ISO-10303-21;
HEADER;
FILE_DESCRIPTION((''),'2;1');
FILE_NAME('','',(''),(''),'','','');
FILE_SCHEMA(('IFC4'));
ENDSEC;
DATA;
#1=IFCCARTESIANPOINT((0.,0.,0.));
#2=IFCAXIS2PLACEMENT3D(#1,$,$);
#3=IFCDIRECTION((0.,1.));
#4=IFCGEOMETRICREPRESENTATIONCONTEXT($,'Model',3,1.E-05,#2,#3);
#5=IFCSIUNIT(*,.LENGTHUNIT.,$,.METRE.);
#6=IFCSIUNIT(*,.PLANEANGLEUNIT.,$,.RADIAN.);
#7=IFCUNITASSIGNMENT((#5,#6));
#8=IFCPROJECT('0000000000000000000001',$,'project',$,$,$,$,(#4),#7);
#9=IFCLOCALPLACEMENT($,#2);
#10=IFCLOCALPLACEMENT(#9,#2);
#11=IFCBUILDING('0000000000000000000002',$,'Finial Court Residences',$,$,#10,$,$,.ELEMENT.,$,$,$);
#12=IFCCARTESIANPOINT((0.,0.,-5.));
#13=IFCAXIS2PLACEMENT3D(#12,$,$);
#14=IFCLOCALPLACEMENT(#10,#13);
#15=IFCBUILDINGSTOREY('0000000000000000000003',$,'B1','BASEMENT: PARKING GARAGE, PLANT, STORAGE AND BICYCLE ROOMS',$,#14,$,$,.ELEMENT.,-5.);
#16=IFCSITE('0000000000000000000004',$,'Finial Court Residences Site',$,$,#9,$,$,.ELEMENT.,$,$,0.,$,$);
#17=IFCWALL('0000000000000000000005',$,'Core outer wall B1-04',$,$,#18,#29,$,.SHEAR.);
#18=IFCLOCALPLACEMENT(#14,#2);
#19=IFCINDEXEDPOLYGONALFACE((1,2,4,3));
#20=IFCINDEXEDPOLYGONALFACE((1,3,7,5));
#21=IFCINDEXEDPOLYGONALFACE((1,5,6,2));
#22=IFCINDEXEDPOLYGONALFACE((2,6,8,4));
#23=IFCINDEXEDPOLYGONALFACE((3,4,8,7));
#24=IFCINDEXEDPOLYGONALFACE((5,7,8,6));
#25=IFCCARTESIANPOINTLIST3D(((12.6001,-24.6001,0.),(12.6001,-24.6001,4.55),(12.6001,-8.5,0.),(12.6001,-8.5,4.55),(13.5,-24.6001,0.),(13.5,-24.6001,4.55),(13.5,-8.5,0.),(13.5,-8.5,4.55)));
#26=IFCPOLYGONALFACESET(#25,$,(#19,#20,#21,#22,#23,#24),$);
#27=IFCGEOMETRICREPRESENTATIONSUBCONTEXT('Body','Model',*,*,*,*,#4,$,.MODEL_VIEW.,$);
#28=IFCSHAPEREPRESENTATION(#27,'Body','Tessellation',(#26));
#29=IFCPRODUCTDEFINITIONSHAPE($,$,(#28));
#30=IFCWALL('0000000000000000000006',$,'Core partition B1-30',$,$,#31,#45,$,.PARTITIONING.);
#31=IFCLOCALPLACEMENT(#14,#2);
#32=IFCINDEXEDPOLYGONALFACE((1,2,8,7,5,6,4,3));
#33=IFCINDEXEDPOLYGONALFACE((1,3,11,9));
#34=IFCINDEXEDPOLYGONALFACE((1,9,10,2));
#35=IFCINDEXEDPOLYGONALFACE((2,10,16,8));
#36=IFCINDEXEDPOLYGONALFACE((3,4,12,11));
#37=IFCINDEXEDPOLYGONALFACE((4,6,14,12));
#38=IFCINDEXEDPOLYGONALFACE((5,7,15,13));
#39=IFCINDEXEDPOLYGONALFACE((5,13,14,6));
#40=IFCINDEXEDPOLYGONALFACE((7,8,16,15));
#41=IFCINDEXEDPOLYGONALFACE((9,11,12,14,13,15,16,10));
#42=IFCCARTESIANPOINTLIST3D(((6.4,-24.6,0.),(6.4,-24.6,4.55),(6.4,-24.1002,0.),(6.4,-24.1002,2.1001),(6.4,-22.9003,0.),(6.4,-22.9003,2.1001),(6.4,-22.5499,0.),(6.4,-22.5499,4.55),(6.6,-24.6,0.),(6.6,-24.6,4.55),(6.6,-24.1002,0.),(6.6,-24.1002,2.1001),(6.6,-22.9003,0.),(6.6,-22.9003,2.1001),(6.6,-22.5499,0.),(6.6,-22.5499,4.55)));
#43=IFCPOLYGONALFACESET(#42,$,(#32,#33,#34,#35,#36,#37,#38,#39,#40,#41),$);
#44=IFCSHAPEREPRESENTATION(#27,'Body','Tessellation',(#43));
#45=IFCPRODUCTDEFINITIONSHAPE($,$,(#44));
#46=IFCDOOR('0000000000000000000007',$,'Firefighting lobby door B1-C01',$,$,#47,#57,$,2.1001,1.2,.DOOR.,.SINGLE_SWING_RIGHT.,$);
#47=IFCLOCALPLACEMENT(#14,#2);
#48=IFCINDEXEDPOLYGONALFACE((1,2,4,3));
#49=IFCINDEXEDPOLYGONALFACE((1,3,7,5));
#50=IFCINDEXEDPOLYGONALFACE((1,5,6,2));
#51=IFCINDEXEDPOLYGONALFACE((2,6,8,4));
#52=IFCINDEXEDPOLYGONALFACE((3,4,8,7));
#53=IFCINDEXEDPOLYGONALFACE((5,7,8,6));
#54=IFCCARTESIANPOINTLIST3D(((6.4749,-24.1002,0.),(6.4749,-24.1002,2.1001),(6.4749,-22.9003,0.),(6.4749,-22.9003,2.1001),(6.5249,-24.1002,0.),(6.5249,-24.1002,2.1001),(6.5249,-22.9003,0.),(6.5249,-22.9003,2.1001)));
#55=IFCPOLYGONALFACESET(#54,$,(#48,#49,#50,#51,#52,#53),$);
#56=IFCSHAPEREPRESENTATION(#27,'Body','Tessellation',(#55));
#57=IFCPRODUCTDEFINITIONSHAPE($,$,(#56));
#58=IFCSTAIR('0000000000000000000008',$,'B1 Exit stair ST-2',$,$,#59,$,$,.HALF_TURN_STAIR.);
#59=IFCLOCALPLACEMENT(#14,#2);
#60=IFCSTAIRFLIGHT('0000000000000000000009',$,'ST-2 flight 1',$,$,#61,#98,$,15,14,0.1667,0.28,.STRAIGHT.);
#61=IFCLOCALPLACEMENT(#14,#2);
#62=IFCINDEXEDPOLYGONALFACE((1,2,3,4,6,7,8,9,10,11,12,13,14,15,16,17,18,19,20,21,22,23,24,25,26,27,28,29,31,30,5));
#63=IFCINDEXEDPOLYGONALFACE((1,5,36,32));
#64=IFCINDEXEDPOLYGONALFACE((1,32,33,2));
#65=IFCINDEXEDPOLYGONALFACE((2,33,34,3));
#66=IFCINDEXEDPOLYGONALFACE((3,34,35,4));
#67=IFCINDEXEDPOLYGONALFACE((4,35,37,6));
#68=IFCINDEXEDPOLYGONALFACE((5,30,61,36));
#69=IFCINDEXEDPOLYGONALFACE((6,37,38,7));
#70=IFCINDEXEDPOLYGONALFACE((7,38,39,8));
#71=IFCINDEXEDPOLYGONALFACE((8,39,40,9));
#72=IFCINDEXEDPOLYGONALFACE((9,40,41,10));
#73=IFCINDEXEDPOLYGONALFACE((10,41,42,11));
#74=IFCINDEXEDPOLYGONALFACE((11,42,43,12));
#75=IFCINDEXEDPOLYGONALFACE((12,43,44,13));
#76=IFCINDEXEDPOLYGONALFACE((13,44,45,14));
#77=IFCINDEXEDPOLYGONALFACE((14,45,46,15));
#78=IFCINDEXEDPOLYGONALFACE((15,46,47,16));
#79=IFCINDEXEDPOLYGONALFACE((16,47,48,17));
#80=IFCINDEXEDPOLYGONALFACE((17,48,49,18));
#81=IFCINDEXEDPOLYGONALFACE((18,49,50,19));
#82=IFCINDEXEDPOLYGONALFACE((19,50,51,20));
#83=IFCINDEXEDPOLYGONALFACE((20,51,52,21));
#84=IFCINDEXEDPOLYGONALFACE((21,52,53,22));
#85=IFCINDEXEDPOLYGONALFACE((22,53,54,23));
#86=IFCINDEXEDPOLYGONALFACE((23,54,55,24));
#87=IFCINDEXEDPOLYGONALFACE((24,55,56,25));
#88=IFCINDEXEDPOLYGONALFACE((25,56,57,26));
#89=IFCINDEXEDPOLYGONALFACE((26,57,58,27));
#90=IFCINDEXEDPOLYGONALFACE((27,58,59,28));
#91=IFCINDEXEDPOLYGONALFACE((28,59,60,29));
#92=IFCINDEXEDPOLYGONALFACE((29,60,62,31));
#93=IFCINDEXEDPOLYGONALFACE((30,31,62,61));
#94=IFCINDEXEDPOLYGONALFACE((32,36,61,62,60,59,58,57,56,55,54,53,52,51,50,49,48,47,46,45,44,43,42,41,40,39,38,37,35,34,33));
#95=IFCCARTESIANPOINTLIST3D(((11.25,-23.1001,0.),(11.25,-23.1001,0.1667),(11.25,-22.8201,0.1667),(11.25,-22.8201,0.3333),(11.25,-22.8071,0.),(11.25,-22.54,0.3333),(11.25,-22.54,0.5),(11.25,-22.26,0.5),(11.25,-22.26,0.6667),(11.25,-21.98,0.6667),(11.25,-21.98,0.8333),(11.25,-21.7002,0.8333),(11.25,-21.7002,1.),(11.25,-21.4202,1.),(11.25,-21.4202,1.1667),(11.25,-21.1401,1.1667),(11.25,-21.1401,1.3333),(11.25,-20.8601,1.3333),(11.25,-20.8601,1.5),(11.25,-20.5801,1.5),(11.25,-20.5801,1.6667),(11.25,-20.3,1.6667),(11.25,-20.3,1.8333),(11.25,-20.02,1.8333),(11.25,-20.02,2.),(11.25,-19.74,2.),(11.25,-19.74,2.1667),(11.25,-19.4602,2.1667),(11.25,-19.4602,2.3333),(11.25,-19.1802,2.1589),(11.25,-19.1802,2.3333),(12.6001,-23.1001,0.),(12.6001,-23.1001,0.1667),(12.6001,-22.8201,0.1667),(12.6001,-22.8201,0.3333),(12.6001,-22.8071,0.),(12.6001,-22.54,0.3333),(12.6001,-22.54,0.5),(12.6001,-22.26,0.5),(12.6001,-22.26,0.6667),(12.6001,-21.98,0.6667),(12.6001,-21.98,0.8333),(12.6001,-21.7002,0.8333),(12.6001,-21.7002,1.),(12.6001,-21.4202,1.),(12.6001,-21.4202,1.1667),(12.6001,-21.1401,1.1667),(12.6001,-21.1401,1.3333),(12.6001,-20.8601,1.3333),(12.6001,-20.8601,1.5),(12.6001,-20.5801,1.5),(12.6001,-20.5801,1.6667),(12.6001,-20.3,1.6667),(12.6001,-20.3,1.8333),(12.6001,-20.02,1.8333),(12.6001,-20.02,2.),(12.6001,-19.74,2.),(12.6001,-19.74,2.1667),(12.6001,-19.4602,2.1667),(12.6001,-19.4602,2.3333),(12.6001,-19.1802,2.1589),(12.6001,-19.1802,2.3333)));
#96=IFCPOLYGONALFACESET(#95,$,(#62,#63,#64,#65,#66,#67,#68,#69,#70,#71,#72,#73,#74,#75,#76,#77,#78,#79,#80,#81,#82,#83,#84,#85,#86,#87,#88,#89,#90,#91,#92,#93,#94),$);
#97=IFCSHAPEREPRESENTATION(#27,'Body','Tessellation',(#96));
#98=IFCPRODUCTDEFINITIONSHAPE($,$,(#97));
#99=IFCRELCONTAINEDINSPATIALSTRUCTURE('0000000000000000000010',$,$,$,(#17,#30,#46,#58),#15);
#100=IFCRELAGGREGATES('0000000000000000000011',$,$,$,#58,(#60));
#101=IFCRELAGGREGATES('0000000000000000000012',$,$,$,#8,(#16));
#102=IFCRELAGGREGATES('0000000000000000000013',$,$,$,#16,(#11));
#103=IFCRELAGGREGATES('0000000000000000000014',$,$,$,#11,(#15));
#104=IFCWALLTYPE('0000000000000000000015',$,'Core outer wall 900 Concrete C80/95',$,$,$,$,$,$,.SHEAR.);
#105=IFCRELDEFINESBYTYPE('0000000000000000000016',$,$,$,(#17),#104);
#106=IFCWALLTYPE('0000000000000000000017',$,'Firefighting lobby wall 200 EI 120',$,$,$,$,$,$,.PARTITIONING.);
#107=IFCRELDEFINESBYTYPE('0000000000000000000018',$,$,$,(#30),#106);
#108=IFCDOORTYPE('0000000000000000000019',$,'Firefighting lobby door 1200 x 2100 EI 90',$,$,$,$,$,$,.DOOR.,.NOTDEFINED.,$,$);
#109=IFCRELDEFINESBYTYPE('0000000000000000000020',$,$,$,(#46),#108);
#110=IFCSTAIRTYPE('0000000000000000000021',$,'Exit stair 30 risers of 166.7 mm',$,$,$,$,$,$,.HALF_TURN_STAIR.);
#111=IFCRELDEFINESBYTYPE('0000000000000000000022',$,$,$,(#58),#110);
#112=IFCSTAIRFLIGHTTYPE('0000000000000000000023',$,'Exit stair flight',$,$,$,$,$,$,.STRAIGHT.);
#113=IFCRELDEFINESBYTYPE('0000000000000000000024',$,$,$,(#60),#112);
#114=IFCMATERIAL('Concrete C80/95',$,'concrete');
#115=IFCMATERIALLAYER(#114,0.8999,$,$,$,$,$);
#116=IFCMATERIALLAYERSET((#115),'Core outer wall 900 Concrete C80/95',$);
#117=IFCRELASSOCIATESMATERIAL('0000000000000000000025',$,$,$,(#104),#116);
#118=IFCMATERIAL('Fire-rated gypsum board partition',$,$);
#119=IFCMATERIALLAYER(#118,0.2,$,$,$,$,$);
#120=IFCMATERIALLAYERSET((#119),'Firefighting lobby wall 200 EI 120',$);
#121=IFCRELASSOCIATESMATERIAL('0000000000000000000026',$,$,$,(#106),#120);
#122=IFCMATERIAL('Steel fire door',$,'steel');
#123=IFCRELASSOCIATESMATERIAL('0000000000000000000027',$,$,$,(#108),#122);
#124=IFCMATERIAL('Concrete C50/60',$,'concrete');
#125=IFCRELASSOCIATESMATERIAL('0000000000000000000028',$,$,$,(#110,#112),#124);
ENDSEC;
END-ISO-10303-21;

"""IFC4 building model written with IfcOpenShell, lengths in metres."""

from ifc_helpers import new_model, si_unit, direction, frame, frame_2d, origin, place, context, subcontext, project, spatial, polyline, rectangle, outline, extrude, material, layer, layer_set, type_object, element, fill, aggregate, save


model = new_model("IFC4")

# Units and contexts
model_context = context("Model", 3, precision=1e-05, world=origin(), true_north=direction((0.0, 1.0)))
body_context = subcontext(model_context, "Body", "Model", "MODEL_VIEW")
ifc_project = project(units=[si_unit("LENGTHUNIT", "METRE"), si_unit("PLANEANGLEUNIT", "RADIAN")], contexts=[model_context])

# Site, building, storey
site_placement = place(None, origin())
site = spatial("IfcSite", under=ifc_project, at=site_placement, Name="Finial Court Residences Site", CompositionType="ELEMENT", RefElevation=0.0)
building_placement = place(site_placement, origin())
building = spatial("IfcBuilding", under=site, at=building_placement, Name="Finial Court Residences", CompositionType="ELEMENT")
storey_placement = place(building_placement, frame((0.0, 0.0, -5.0)))
storey = spatial("IfcBuildingStorey", under=building, at=storey_placement, Name="B1", Description="BASEMENT: PARKING GARAGE, PLANT, STORAGE AND BICYCLE ROOMS", CompositionType="ELEMENT", Elevation=-5.0)

# Shared definitions
ifc_material_1 = material(Name="Concrete C80/95", Category="concrete")
ifc_material_2 = material(Name="Concrete C50/60", Category="concrete")

# Wall
ifc_layer_1 = layer(ifc_material_1, 0.8999)
ifc_layer_set_1 = layer_set([ifc_layer_1], Name="Core outer wall 900 Concrete C80/95")
wall_type_1 = type_object("IfcWallType", Name="Core outer wall 900 Concrete C80/95", PredefinedType="SHEAR", material=ifc_layer_set_1)
wall_1_placement = place(storey_placement, frame((13.05, -24.6001, 0.0), z_axis=(0.0, 0.0, 1.0), x_axis=(0.0, 1.0, 0.0)))
element("IfcWall", 1, at=wall_1_placement, inside=storey, type_object=wall_type_1, Name="Core outer wall B1-04", PredefinedType="SHEAR", context=body_context, shape_type="SweptSolid", body=[
    extrude(rectangle(XDim=16.1001, YDim=0.8999, at=frame_2d((8.05, 0.0))), origin(), (0.0, 0.0, 1.0), 4.55),
])

# Wall, opening, door
ifc_material_3 = material(Name="Fire-rated gypsum board partition")
ifc_layer_2 = layer(ifc_material_3, 0.2)
ifc_layer_set_2 = layer_set([ifc_layer_2], Name="Firefighting lobby wall 200 EI 120")
wall_type_2 = type_object("IfcWallType", Name="Firefighting lobby wall 200 EI 120", PredefinedType="PARTITIONING", material=ifc_layer_set_2)
wall_2_placement = place(storey_placement, frame((6.5, -22.55, 0.0), z_axis=(0.0, 0.0, 1.0), x_axis=(0.0, -1.0, 0.0)))
wall_2 = element("IfcWall", 2, at=wall_2_placement, inside=storey, type_object=wall_type_2, Name="Core partition B1-30", PredefinedType="PARTITIONING", context=body_context, shape_type="SweptSolid", body=[
    extrude(rectangle(XDim=2.05, YDim=0.2, at=frame_2d((1.0249, 0.0))), origin(), (0.0, 0.0, 1.0), 4.55),
])
opening_placement = place(wall_2_placement, frame((0.3501, 0.0, 0.0)))
opening = element("IfcOpeningElement", 3, at=opening_placement, cuts=wall_2, PredefinedType="OPENING", context=body_context, shape_type="SweptSolid", body=[
    extrude(rectangle(XDim=1.2, YDim=2.1001, at=frame_2d((0.6001, 1.05))), frame((0.0, 0.1099, 0.0), z_axis=(0.0, -1.0, 0.0), x_axis=(1.0, 0.0, 0.0)), (0.0, 0.0, 1.0), 0.22),
])
ifc_material_4 = material(Name="Steel fire door", Category="steel")
door_type = type_object("IfcDoorType", Name="Firefighting lobby door 1200 x 2100 EI 90", OperationType="NOTDEFINED", PredefinedType="DOOR", material=ifc_material_4)
door_placement = place(opening_placement, origin())
door = element("IfcDoor", 4, at=door_placement, inside=storey, type_object=door_type, Name="Firefighting lobby door B1-C01", OperationType="SINGLE_SWING_RIGHT", OverallHeight=2.1001, OverallWidth=1.2, PredefinedType="DOOR", context=body_context, shape_type="SweptSolid", body=[
    extrude(rectangle(XDim=1.2, YDim=2.1001, at=frame_2d((0.6001, 1.05))), frame((0.0, 0.0249, 0.0), z_axis=(0.0, -1.0, 0.0), x_axis=(1.0, 0.0, 0.0)), (0.0, 0.0, 1.0), 0.05),
])
fill(opening, door)

# Stair, stair flight
stair_type = type_object("IfcStairType", Name="Exit stair 30 risers of 166.7 mm", PredefinedType="HALF_TURN_STAIR", material=ifc_material_2)
stair_placement = place(storey_placement, origin())
stair = element("IfcStair", 5, at=stair_placement, inside=storey, type_object=stair_type, Name="B1 Exit stair ST-2", PredefinedType="HALF_TURN_STAIR")
stair_flight_type = type_object("IfcStairFlightType", Name="Exit stair flight", PredefinedType="STRAIGHT", material=ifc_material_2)
stair_flight_placement = place(storey_placement, frame((11.925, -23.1001, 0.0), z_axis=(0.0, 0.0, 1.0), x_axis=(0.0, 1.0, 0.0)))
stair_flight = element("IfcStairFlight", 6, at=stair_flight_placement, type_object=stair_flight_type, Name="ST-2 flight 1", NumberOfRisers=15, NumberOfTreads=14, PredefinedType="STRAIGHT", RiserHeight=0.1667, TreadLength=0.28, context=body_context, shape_type="SweptSolid", body=[
    extrude(outline(polyline([(0.0, 0.0), (0.0, 0.1667), (0.28, 0.1667), (0.28, 0.3333), (0.5601, 0.3333), (0.5601, 0.5), (0.8401, 0.5), (0.8401, 0.6667), (1.1201, 0.6667), (1.1201, 0.8333), (1.3999, 0.8333), (1.3999, 1.0), (1.6799, 1.0), (1.6799, 1.1667), (1.96, 1.1667), (1.96, 1.3333), (2.24, 1.3333), (2.24, 1.5), (2.52, 1.5), (2.52, 1.6667), (2.8, 1.6667), (2.8, 1.8333), (3.0801, 1.8333), (3.0801, 2.0), (3.3601, 2.0), (3.3601, 2.1667), (3.6399, 2.1667), (3.6399, 2.3333), (3.9199, 2.3333), (3.9199, 2.5), (3.9199, 2.1589), (0.293, 0.0), (0.0, 0.0)])), frame((0.0, 0.675, 0.0), z_axis=(0.0, -1.0, 0.0), x_axis=(1.0, 0.0, 0.0)), (0.0, 0.0, 1.0), 1.3501),
])
aggregate(stair, [stair_flight])

save(model, "model.ifc")
